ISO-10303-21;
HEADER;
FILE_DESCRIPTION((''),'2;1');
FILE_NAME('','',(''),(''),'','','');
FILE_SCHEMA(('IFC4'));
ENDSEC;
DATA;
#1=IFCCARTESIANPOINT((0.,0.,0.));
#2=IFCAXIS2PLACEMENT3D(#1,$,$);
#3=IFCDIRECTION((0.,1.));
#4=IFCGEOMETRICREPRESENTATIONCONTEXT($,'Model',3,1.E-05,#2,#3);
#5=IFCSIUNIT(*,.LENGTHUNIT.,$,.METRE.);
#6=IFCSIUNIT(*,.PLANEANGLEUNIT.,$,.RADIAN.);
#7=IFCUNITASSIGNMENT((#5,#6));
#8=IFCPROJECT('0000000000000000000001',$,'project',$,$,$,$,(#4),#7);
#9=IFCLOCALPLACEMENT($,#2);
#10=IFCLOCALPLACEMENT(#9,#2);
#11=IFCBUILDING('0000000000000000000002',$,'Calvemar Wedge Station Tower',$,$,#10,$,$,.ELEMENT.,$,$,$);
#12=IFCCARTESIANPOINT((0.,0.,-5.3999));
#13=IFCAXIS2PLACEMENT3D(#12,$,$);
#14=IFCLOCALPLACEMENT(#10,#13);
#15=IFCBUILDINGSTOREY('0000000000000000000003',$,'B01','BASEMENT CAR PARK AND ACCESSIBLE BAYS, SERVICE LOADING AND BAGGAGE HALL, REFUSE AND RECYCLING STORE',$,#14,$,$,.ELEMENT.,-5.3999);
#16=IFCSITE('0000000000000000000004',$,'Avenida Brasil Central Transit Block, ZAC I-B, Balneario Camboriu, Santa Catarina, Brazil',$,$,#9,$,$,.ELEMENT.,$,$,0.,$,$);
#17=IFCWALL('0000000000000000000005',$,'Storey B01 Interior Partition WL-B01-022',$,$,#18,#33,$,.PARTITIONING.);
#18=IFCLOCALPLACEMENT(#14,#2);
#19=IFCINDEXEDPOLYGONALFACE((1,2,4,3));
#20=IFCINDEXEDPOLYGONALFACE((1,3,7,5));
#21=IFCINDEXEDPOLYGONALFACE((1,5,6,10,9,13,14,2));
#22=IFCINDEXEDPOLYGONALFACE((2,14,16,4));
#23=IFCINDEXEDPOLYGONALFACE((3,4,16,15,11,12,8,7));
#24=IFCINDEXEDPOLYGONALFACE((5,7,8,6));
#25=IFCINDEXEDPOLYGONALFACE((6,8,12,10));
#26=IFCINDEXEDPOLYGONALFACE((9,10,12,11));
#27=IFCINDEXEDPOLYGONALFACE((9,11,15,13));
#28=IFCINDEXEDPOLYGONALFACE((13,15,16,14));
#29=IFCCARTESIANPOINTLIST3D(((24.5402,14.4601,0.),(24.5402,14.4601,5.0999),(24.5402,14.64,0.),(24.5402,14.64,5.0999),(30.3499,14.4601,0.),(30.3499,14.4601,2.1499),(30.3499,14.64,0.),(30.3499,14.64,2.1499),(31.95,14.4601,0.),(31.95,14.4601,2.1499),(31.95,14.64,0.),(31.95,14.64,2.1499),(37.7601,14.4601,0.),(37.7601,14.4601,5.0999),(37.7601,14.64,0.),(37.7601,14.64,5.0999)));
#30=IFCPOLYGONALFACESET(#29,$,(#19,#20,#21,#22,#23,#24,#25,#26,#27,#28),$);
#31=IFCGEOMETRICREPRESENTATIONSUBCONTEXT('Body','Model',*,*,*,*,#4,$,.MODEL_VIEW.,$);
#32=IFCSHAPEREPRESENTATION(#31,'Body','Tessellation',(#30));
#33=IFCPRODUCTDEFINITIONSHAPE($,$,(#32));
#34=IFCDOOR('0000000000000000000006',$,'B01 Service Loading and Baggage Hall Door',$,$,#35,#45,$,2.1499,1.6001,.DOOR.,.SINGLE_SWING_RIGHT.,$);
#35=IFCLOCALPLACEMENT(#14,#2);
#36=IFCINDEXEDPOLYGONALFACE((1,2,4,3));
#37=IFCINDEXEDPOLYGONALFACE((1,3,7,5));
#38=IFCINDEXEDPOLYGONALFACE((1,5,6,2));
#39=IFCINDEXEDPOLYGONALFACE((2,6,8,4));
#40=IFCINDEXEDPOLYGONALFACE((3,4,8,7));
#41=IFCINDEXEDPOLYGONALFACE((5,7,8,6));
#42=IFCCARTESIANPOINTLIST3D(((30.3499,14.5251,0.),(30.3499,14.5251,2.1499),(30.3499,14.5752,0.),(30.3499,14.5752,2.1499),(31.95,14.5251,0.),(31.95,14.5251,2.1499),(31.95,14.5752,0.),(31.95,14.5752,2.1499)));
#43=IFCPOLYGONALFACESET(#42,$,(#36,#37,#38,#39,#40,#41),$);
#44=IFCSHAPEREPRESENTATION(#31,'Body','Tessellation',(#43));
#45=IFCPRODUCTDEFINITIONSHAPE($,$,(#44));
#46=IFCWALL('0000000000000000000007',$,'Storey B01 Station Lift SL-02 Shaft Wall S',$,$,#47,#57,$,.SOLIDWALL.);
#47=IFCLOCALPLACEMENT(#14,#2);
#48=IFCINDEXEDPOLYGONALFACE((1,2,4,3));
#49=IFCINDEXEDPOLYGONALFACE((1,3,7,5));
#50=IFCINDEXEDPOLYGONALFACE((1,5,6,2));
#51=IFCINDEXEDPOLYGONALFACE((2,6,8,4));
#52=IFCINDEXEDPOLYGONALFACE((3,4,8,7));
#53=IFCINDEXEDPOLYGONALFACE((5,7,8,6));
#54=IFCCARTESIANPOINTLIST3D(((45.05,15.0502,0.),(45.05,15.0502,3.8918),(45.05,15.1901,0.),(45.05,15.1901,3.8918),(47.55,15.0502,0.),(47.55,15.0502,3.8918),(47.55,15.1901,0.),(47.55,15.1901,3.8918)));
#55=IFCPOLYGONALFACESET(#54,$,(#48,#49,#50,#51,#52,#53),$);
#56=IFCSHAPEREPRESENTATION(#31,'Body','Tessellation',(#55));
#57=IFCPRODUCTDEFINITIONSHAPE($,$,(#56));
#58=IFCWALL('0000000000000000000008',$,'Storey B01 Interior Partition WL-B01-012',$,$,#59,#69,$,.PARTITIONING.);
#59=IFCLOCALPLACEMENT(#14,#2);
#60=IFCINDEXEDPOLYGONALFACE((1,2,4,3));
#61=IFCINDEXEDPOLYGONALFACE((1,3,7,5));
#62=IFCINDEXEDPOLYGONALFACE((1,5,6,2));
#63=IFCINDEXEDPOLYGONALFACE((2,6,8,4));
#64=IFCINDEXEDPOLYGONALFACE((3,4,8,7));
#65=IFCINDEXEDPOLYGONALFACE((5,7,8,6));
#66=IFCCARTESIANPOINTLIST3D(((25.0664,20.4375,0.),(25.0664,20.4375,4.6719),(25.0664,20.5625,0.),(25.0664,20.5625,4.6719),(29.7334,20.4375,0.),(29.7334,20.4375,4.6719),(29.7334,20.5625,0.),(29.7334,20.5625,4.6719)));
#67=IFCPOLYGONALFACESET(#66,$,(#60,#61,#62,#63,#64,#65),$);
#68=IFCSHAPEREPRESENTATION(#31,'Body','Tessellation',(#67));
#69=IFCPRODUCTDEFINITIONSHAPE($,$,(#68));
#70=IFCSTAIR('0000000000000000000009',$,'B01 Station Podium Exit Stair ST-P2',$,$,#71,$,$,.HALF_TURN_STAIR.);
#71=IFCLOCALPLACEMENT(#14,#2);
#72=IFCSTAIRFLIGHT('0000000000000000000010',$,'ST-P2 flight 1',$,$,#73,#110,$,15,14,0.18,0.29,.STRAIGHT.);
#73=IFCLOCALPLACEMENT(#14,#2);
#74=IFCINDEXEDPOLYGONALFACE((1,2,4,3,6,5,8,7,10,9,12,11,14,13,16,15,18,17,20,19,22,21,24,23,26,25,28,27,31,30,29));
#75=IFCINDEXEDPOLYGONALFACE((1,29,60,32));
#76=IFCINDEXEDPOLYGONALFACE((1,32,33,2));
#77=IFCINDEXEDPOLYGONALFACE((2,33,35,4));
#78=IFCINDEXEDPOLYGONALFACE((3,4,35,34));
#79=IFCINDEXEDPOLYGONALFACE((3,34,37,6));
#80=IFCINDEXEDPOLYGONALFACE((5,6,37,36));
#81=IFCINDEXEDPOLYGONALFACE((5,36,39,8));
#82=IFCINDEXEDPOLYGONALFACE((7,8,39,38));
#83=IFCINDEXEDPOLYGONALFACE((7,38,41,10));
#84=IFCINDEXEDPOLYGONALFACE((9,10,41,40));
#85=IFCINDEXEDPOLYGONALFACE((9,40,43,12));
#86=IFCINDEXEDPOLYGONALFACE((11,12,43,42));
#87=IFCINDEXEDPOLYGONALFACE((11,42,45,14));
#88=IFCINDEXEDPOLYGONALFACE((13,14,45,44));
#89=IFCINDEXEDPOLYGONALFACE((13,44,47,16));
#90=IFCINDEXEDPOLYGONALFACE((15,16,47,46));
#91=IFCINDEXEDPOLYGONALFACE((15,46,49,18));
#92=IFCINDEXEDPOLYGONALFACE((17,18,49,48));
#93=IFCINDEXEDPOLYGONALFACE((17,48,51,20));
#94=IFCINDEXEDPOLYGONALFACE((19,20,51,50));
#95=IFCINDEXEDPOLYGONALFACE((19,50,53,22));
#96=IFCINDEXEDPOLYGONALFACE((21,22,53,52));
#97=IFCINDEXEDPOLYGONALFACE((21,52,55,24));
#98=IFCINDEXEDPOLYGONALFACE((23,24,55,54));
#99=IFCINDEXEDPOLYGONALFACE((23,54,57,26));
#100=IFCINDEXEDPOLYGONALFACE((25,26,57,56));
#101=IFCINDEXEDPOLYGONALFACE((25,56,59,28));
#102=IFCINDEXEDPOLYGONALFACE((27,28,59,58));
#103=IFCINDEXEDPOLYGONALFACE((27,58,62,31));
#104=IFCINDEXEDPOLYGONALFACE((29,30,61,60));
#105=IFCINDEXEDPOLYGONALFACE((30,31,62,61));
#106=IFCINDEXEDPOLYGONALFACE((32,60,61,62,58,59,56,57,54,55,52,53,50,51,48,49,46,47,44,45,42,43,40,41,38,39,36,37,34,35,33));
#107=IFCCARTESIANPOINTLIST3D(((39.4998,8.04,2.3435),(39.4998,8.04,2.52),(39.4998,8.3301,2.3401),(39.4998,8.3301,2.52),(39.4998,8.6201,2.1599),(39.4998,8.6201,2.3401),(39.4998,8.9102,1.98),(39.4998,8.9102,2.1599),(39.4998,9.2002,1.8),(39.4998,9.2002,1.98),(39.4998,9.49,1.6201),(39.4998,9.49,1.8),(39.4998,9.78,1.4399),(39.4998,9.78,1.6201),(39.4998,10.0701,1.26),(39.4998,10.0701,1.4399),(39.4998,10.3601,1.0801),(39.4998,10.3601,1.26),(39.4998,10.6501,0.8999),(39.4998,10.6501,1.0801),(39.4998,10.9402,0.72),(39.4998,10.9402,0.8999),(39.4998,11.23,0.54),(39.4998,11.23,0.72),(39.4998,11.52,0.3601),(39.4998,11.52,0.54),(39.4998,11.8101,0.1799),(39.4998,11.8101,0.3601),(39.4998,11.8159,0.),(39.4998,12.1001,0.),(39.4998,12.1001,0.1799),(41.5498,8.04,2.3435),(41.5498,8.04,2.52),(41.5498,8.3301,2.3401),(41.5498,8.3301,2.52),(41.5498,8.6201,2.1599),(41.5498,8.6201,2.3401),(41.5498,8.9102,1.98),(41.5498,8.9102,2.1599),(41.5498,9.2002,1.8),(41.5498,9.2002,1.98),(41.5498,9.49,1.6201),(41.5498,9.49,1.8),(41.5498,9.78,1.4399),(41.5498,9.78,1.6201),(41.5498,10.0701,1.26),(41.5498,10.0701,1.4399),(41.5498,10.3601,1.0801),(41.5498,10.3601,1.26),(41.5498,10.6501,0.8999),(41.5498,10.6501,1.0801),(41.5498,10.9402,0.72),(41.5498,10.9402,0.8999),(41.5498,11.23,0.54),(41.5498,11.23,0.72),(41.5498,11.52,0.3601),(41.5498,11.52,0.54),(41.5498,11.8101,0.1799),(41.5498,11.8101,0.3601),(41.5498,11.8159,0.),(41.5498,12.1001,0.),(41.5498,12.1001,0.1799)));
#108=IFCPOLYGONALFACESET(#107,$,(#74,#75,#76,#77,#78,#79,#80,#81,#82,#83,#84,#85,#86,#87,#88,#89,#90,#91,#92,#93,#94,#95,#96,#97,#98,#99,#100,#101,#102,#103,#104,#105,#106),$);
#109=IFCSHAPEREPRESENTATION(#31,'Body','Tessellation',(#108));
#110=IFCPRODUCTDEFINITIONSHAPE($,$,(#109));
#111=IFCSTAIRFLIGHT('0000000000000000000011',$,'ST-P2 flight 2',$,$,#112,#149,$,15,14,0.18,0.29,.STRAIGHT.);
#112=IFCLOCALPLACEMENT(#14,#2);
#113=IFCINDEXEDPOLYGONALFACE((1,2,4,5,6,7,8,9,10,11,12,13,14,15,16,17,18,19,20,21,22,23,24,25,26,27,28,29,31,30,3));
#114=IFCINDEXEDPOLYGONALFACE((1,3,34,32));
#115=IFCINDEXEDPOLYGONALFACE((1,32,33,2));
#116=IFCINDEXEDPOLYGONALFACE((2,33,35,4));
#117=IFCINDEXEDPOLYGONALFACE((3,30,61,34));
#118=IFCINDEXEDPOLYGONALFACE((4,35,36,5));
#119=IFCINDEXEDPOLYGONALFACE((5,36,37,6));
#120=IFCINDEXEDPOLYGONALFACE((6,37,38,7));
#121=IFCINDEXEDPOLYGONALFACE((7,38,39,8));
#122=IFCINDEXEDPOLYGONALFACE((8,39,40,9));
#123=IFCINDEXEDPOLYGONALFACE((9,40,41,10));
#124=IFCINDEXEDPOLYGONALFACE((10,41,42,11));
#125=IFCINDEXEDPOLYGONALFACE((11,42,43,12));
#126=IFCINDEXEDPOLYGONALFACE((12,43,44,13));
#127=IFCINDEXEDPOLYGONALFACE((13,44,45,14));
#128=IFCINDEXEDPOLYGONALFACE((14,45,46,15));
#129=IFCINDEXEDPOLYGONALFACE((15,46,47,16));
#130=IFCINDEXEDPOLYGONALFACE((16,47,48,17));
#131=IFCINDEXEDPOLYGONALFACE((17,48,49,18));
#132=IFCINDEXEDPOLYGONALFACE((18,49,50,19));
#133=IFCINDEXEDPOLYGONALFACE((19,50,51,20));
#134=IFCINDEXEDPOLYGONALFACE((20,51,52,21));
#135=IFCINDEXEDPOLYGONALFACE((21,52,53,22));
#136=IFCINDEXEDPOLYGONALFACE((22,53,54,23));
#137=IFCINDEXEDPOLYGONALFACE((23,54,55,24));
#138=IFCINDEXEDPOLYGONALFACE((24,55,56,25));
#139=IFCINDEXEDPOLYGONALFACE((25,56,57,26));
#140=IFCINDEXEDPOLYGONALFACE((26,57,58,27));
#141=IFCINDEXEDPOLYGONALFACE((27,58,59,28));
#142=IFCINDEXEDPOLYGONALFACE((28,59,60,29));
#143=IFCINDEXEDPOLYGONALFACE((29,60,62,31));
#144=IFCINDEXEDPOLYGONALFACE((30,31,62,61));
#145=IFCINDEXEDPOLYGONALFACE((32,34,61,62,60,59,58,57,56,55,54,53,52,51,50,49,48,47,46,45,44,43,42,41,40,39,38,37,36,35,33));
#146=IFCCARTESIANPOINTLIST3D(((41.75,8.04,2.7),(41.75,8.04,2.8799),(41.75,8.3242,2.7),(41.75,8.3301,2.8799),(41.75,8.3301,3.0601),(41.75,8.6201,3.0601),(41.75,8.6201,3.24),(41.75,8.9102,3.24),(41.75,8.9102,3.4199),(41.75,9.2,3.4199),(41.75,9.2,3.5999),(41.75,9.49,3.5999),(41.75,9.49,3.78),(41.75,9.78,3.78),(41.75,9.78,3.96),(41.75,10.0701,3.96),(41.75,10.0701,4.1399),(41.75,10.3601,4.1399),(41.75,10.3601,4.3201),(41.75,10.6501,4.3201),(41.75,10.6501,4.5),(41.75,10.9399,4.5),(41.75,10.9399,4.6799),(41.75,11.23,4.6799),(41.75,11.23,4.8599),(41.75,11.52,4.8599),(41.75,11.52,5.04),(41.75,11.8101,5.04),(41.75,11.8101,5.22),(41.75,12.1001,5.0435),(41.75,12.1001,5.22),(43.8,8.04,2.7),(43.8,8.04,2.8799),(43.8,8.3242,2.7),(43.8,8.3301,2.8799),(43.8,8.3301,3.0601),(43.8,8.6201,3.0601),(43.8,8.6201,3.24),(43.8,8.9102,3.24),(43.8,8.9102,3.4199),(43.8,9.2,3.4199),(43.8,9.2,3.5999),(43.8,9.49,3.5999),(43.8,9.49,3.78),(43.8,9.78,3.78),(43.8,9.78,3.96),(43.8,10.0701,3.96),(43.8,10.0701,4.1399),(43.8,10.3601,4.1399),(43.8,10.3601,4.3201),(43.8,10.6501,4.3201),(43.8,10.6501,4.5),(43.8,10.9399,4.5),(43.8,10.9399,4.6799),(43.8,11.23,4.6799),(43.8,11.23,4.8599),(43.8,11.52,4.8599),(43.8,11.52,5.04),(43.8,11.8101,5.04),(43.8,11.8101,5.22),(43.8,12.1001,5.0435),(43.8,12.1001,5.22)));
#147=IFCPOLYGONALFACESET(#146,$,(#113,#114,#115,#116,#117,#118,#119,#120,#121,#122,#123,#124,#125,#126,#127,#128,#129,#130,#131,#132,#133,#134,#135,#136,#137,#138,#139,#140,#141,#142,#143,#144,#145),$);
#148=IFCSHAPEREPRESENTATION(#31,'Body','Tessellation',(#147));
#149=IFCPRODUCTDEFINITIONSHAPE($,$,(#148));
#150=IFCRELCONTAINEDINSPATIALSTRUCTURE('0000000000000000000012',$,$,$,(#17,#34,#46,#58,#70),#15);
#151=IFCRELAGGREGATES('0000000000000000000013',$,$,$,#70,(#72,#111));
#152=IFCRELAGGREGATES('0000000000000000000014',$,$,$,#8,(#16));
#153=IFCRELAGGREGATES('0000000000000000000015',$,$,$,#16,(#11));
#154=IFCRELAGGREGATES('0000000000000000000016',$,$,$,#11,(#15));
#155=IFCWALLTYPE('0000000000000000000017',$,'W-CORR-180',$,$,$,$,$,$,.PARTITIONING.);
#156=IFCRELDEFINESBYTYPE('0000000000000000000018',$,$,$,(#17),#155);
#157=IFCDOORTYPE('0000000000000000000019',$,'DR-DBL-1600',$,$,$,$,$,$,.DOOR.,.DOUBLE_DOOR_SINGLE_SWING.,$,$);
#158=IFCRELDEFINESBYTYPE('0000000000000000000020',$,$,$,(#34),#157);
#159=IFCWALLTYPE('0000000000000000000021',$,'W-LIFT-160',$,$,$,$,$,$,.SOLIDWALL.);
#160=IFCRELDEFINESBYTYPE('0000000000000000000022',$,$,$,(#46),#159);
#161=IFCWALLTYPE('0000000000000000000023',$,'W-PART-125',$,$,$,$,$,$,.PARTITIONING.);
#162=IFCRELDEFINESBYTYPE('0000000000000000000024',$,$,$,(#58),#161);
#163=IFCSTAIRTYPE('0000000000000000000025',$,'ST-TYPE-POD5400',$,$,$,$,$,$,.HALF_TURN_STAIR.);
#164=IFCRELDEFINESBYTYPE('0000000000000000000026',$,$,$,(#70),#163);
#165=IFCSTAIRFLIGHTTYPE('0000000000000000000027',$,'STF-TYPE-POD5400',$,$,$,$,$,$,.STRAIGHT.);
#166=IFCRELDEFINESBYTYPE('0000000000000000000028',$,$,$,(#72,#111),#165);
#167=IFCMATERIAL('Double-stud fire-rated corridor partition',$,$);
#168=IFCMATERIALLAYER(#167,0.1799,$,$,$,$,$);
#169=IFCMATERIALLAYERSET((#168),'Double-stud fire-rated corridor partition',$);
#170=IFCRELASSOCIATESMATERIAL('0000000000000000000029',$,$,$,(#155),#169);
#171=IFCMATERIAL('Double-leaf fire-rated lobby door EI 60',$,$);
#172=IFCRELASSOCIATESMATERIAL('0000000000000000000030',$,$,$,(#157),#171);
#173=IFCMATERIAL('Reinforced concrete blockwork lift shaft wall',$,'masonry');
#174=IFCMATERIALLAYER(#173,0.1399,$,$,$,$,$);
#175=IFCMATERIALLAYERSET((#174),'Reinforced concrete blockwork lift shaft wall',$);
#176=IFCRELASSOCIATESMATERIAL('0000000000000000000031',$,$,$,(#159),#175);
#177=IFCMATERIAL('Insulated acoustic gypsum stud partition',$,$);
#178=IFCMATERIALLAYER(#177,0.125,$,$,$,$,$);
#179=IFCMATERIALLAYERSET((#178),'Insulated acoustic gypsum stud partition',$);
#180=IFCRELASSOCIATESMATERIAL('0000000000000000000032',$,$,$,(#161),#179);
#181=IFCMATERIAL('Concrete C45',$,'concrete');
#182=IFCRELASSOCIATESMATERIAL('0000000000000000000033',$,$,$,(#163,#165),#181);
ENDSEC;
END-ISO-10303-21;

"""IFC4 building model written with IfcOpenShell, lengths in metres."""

from ifc_helpers import new_model, si_unit, direction, frame, frame_2d, origin, place, context, subcontext, project, spatial, polyline, rectangle, outline, extrude, source, transform, mapped, material, layer, layer_set, type_object, element, fill, aggregate, save


model = new_model("IFC4")

# Units and contexts
model_context = context("Model", 3, precision=1e-05, world=origin(), true_north=direction((0.0, 1.0)))
body_context = subcontext(model_context, "Body", "Model", "MODEL_VIEW")
ifc_project = project(units=[si_unit("LENGTHUNIT", "METRE"), si_unit("PLANEANGLEUNIT", "RADIAN")], contexts=[model_context])

# Site, building, storey
site_placement = place(None, origin())
site = spatial("IfcSite", under=ifc_project, at=site_placement, Name="Avenida Brasil Central Transit Block, ZAC I-B, Balneario Camboriu, Santa Catarina, Brazil", CompositionType="ELEMENT", RefElevation=0.0)
building_placement = place(site_placement, origin())
building = spatial("IfcBuilding", under=site, at=building_placement, Name="Calvemar Wedge Station Tower", CompositionType="ELEMENT")
storey_placement = place(building_placement, frame((0.0, 0.0, -5.3999)))
storey = spatial("IfcBuildingStorey", under=building, at=storey_placement, Name="B01", Description="BASEMENT CAR PARK AND ACCESSIBLE BAYS, SERVICE LOADING AND BAGGAGE HALL, REFUSE AND RECYCLING STORE", CompositionType="ELEMENT", Elevation=-5.3999)

# Wall, opening, door
ifc_material_1 = material(Name="Double-stud fire-rated corridor partition")
ifc_layer_1 = layer(ifc_material_1, 0.1799)
ifc_layer_set_1 = layer_set([ifc_layer_1], Name="Double-stud fire-rated corridor partition")
wall_type_1 = type_object("IfcWallType", Name="W-CORR-180", PredefinedType="PARTITIONING", material=ifc_layer_set_1)
wall_1_placement = place(storey_placement, frame((37.76, 14.55, 0.0), z_axis=(0.0, 0.0, 1.0), x_axis=(-1.0, 0.0, 0.0)))
wall_1 = element("IfcWall", 1, at=wall_1_placement, inside=storey, type_object=wall_type_1, Name="Storey B01 Interior Partition WL-B01-022", PredefinedType="PARTITIONING", context=body_context, shape_type="SweptSolid", body=[
    extrude(rectangle(XDim=13.22, YDim=0.1799, at=frame_2d((6.6099, 0.0))), origin(), (0.0, 0.0, 1.0), 5.0999),
])
shared_shape_1 = source(origin(), body_context, "Body", "SweptSolid", [
    extrude(rectangle(XDim=1.6001, YDim=2.1499, at=frame_2d((0.8, 1.075))), frame((0.0, 0.1001, 0.0), z_axis=(0.0, -1.0, 0.0), x_axis=(1.0, 0.0, 0.0)), (0.0, 0.0, 1.0), 0.2),
])
opening_1_placement = place(wall_1_placement, frame((5.8101, 0.0, 0.0)))
opening_1 = element("IfcOpeningElement", 2, at=opening_1_placement, cuts=wall_1, PredefinedType="OPENING", context=body_context, shape_type="MappedRepresentation", body=[
    mapped(shared_shape_1, transform((0.0, 0.0, 0.0), scale=1.0)),
])
ifc_material_2 = material(Name="Double-leaf fire-rated lobby door EI 60")
door_type_1 = type_object("IfcDoorType", Name="DR-DBL-1600", OperationType="DOUBLE_DOOR_SINGLE_SWING", PredefinedType="DOOR", material=ifc_material_2)
shared_shape_2 = source(origin(), body_context, "Body", "SweptSolid", [
    extrude(rectangle(XDim=1.6001, YDim=2.1499, at=frame_2d((0.8, 1.075))), frame((0.0, 0.0249, 0.0), z_axis=(0.0, -1.0, 0.0), x_axis=(1.0, 0.0, 0.0)), (0.0, 0.0, 1.0), 0.05),
])
door_1_placement = place(opening_1_placement, origin())
door_1 = element("IfcDoor", 3, at=door_1_placement, inside=storey, type_object=door_type_1, Name="B01 Service Loading and Baggage Hall Door", OperationType="SINGLE_SWING_RIGHT", OverallHeight=2.1499, OverallWidth=1.6001, PredefinedType="DOOR", context=body_context, shape_type="MappedRepresentation", body=[
    mapped(shared_shape_2, transform((0.0, 0.0, 0.0), scale=1.0)),
])
fill(opening_1, door_1)

# Walls
ifc_material_3 = material(Name="Reinforced concrete blockwork lift shaft wall", Category="masonry")
ifc_layer_2 = layer(ifc_material_3, 0.1399)
ifc_layer_set_2 = layer_set([ifc_layer_2], Name="Reinforced concrete blockwork lift shaft wall")
wall_type_2 = type_object("IfcWallType", Name="W-LIFT-160", PredefinedType="SOLIDWALL", material=ifc_layer_set_2)
wall_2_placement = place(storey_placement, frame((45.05, 15.1201, 0.0), z_axis=(0.0, 0.0, 1.0), x_axis=(1.0, 0.0, 0.0)))
element("IfcWall", 4, at=wall_2_placement, inside=storey, type_object=wall_type_2, Name="Storey B01 Station Lift SL-02 Shaft Wall S", PredefinedType="SOLIDWALL", context=body_context, shape_type="SweptSolid", body=[
    extrude(rectangle(XDim=2.5, YDim=0.1399, at=frame_2d((1.25, 0.0))), origin(), (0.0, 0.0, 1.0), 3.8918),
])
ifc_material_4 = material(Name="Insulated acoustic gypsum stud partition")
ifc_layer_3 = layer(ifc_material_4, 0.125)
ifc_layer_set_3 = layer_set([ifc_layer_3], Name="Insulated acoustic gypsum stud partition")
wall_type_3 = type_object("IfcWallType", Name="W-PART-125", PredefinedType="PARTITIONING", material=ifc_layer_set_3)
wall_3_placement = place(storey_placement, frame((29.7334, 20.5, 0.0), z_axis=(0.0, 0.0, 1.0), x_axis=(-1.0, 0.0, 0.0)))
element("IfcWall", 5, at=wall_3_placement, inside=storey, type_object=wall_type_3, Name="Storey B01 Interior Partition WL-B01-012", PredefinedType="PARTITIONING", context=body_context, shape_type="SweptSolid", body=[
    extrude(rectangle(XDim=4.667, YDim=0.125, at=frame_2d((2.3335, 0.0))), origin(), (0.0, 0.0, 1.0), 4.6719),
])

# Stair, stair flights
ifc_material_5 = material(Name="Concrete C45", Category="concrete")
stair_type = type_object("IfcStairType", Name="ST-TYPE-POD5400", PredefinedType="HALF_TURN_STAIR", material=ifc_material_5)
stair_placement = place(storey_placement, origin())
stair = element("IfcStair", 6, at=stair_placement, inside=storey, type_object=stair_type, Name="B01 Station Podium Exit Stair ST-P2", PredefinedType="HALF_TURN_STAIR")
stair_flight_type = type_object("IfcStairFlightType", Name="STF-TYPE-POD5400", PredefinedType="STRAIGHT", material=ifc_material_5)
stair_flight_1_placement = place(storey_placement, frame((40.5249, 12.1001, 0.0), z_axis=(0.0, 0.0, 1.0), x_axis=(0.0, -1.0, 0.0)))
stair_flight_1 = element("IfcStairFlight", 7, at=stair_flight_1_placement, type_object=stair_flight_type, Name="ST-P2 flight 1", NumberOfRisers=15, NumberOfTreads=14, PredefinedType="STRAIGHT", RiserHeight=0.18, TreadLength=0.29, context=body_context, shape_type="SweptSolid", body=[
    extrude(outline(polyline([(0.0, 0.0), (0.0, 0.1799), (0.29, 0.1799), (0.29, 0.3601), (0.5801, 0.3601), (0.5801, 0.54), (0.8701, 0.54), (0.8701, 0.72), (1.1599, 0.72), (1.1599, 0.8999), (1.45, 0.8999), (1.45, 1.0801), (1.74, 1.0801), (1.74, 1.26), (2.03, 1.26), (2.03, 1.4399), (2.3201, 1.4399), (2.3201, 1.6201), (2.6101, 1.6201), (2.6101, 1.8), (2.8999, 1.8), (2.8999, 1.98), (3.1899, 1.98), (3.1899, 2.1599), (3.48, 2.1599), (3.48, 2.3401), (3.77, 2.3401), (3.77, 2.52), (4.0601, 2.52), (4.0601, 2.7), (4.0601, 2.3435), (0.2842, 0.0), (0.0, 0.0)])), frame((0.0, 1.0249, 0.0), z_axis=(0.0, -1.0, 0.0), x_axis=(1.0, 0.0, 0.0)), (0.0, 0.0, 1.0), 2.05),
])
stair_flight_2_placement = place(storey_placement, frame((42.7749, 8.04, 2.7), z_axis=(0.0, 0.0, 1.0), x_axis=(0.0, 1.0, 0.0)))
stair_flight_2 = element("IfcStairFlight", 8, at=stair_flight_2_placement, type_object=stair_flight_type, Name="ST-P2 flight 2", NumberOfRisers=15, NumberOfTreads=14, PredefinedType="STRAIGHT", RiserHeight=0.18, TreadLength=0.29, context=body_context, shape_type="SweptSolid", body=[
    extrude(outline(polyline([(0.0, 0.0), (0.0, 0.1799), (0.29, 0.1799), (0.29, 0.3601), (0.5801, 0.3601), (0.5801, 0.54), (0.8701, 0.54), (0.8701, 0.72), (1.1599, 0.72), (1.1599, 0.8999), (1.45, 0.8999), (1.45, 1.0801), (1.74, 1.0801), (1.74, 1.26), (2.03, 1.26), (2.03, 1.4399), (2.3201, 1.4399), (2.3201, 1.6201), (2.6101, 1.6201), (2.6101, 1.8), (2.8999, 1.8), (2.8999, 1.98), (3.1899, 1.98), (3.1899, 2.1599), (3.48, 2.1599), (3.48, 2.3401), (3.77, 2.3401), (3.77, 2.52), (4.0601, 2.52), (4.0601, 2.7), (4.0601, 2.3435), (0.2842, 0.0), (0.0, 0.0)])), frame((0.0, 1.0249, 0.0), z_axis=(0.0, -1.0, 0.0), x_axis=(1.0, 0.0, 0.0)), (0.0, 0.0, 1.0), 2.05),
])
aggregate(stair, [stair_flight_1, stair_flight_2])

save(model, "model.ifc")
